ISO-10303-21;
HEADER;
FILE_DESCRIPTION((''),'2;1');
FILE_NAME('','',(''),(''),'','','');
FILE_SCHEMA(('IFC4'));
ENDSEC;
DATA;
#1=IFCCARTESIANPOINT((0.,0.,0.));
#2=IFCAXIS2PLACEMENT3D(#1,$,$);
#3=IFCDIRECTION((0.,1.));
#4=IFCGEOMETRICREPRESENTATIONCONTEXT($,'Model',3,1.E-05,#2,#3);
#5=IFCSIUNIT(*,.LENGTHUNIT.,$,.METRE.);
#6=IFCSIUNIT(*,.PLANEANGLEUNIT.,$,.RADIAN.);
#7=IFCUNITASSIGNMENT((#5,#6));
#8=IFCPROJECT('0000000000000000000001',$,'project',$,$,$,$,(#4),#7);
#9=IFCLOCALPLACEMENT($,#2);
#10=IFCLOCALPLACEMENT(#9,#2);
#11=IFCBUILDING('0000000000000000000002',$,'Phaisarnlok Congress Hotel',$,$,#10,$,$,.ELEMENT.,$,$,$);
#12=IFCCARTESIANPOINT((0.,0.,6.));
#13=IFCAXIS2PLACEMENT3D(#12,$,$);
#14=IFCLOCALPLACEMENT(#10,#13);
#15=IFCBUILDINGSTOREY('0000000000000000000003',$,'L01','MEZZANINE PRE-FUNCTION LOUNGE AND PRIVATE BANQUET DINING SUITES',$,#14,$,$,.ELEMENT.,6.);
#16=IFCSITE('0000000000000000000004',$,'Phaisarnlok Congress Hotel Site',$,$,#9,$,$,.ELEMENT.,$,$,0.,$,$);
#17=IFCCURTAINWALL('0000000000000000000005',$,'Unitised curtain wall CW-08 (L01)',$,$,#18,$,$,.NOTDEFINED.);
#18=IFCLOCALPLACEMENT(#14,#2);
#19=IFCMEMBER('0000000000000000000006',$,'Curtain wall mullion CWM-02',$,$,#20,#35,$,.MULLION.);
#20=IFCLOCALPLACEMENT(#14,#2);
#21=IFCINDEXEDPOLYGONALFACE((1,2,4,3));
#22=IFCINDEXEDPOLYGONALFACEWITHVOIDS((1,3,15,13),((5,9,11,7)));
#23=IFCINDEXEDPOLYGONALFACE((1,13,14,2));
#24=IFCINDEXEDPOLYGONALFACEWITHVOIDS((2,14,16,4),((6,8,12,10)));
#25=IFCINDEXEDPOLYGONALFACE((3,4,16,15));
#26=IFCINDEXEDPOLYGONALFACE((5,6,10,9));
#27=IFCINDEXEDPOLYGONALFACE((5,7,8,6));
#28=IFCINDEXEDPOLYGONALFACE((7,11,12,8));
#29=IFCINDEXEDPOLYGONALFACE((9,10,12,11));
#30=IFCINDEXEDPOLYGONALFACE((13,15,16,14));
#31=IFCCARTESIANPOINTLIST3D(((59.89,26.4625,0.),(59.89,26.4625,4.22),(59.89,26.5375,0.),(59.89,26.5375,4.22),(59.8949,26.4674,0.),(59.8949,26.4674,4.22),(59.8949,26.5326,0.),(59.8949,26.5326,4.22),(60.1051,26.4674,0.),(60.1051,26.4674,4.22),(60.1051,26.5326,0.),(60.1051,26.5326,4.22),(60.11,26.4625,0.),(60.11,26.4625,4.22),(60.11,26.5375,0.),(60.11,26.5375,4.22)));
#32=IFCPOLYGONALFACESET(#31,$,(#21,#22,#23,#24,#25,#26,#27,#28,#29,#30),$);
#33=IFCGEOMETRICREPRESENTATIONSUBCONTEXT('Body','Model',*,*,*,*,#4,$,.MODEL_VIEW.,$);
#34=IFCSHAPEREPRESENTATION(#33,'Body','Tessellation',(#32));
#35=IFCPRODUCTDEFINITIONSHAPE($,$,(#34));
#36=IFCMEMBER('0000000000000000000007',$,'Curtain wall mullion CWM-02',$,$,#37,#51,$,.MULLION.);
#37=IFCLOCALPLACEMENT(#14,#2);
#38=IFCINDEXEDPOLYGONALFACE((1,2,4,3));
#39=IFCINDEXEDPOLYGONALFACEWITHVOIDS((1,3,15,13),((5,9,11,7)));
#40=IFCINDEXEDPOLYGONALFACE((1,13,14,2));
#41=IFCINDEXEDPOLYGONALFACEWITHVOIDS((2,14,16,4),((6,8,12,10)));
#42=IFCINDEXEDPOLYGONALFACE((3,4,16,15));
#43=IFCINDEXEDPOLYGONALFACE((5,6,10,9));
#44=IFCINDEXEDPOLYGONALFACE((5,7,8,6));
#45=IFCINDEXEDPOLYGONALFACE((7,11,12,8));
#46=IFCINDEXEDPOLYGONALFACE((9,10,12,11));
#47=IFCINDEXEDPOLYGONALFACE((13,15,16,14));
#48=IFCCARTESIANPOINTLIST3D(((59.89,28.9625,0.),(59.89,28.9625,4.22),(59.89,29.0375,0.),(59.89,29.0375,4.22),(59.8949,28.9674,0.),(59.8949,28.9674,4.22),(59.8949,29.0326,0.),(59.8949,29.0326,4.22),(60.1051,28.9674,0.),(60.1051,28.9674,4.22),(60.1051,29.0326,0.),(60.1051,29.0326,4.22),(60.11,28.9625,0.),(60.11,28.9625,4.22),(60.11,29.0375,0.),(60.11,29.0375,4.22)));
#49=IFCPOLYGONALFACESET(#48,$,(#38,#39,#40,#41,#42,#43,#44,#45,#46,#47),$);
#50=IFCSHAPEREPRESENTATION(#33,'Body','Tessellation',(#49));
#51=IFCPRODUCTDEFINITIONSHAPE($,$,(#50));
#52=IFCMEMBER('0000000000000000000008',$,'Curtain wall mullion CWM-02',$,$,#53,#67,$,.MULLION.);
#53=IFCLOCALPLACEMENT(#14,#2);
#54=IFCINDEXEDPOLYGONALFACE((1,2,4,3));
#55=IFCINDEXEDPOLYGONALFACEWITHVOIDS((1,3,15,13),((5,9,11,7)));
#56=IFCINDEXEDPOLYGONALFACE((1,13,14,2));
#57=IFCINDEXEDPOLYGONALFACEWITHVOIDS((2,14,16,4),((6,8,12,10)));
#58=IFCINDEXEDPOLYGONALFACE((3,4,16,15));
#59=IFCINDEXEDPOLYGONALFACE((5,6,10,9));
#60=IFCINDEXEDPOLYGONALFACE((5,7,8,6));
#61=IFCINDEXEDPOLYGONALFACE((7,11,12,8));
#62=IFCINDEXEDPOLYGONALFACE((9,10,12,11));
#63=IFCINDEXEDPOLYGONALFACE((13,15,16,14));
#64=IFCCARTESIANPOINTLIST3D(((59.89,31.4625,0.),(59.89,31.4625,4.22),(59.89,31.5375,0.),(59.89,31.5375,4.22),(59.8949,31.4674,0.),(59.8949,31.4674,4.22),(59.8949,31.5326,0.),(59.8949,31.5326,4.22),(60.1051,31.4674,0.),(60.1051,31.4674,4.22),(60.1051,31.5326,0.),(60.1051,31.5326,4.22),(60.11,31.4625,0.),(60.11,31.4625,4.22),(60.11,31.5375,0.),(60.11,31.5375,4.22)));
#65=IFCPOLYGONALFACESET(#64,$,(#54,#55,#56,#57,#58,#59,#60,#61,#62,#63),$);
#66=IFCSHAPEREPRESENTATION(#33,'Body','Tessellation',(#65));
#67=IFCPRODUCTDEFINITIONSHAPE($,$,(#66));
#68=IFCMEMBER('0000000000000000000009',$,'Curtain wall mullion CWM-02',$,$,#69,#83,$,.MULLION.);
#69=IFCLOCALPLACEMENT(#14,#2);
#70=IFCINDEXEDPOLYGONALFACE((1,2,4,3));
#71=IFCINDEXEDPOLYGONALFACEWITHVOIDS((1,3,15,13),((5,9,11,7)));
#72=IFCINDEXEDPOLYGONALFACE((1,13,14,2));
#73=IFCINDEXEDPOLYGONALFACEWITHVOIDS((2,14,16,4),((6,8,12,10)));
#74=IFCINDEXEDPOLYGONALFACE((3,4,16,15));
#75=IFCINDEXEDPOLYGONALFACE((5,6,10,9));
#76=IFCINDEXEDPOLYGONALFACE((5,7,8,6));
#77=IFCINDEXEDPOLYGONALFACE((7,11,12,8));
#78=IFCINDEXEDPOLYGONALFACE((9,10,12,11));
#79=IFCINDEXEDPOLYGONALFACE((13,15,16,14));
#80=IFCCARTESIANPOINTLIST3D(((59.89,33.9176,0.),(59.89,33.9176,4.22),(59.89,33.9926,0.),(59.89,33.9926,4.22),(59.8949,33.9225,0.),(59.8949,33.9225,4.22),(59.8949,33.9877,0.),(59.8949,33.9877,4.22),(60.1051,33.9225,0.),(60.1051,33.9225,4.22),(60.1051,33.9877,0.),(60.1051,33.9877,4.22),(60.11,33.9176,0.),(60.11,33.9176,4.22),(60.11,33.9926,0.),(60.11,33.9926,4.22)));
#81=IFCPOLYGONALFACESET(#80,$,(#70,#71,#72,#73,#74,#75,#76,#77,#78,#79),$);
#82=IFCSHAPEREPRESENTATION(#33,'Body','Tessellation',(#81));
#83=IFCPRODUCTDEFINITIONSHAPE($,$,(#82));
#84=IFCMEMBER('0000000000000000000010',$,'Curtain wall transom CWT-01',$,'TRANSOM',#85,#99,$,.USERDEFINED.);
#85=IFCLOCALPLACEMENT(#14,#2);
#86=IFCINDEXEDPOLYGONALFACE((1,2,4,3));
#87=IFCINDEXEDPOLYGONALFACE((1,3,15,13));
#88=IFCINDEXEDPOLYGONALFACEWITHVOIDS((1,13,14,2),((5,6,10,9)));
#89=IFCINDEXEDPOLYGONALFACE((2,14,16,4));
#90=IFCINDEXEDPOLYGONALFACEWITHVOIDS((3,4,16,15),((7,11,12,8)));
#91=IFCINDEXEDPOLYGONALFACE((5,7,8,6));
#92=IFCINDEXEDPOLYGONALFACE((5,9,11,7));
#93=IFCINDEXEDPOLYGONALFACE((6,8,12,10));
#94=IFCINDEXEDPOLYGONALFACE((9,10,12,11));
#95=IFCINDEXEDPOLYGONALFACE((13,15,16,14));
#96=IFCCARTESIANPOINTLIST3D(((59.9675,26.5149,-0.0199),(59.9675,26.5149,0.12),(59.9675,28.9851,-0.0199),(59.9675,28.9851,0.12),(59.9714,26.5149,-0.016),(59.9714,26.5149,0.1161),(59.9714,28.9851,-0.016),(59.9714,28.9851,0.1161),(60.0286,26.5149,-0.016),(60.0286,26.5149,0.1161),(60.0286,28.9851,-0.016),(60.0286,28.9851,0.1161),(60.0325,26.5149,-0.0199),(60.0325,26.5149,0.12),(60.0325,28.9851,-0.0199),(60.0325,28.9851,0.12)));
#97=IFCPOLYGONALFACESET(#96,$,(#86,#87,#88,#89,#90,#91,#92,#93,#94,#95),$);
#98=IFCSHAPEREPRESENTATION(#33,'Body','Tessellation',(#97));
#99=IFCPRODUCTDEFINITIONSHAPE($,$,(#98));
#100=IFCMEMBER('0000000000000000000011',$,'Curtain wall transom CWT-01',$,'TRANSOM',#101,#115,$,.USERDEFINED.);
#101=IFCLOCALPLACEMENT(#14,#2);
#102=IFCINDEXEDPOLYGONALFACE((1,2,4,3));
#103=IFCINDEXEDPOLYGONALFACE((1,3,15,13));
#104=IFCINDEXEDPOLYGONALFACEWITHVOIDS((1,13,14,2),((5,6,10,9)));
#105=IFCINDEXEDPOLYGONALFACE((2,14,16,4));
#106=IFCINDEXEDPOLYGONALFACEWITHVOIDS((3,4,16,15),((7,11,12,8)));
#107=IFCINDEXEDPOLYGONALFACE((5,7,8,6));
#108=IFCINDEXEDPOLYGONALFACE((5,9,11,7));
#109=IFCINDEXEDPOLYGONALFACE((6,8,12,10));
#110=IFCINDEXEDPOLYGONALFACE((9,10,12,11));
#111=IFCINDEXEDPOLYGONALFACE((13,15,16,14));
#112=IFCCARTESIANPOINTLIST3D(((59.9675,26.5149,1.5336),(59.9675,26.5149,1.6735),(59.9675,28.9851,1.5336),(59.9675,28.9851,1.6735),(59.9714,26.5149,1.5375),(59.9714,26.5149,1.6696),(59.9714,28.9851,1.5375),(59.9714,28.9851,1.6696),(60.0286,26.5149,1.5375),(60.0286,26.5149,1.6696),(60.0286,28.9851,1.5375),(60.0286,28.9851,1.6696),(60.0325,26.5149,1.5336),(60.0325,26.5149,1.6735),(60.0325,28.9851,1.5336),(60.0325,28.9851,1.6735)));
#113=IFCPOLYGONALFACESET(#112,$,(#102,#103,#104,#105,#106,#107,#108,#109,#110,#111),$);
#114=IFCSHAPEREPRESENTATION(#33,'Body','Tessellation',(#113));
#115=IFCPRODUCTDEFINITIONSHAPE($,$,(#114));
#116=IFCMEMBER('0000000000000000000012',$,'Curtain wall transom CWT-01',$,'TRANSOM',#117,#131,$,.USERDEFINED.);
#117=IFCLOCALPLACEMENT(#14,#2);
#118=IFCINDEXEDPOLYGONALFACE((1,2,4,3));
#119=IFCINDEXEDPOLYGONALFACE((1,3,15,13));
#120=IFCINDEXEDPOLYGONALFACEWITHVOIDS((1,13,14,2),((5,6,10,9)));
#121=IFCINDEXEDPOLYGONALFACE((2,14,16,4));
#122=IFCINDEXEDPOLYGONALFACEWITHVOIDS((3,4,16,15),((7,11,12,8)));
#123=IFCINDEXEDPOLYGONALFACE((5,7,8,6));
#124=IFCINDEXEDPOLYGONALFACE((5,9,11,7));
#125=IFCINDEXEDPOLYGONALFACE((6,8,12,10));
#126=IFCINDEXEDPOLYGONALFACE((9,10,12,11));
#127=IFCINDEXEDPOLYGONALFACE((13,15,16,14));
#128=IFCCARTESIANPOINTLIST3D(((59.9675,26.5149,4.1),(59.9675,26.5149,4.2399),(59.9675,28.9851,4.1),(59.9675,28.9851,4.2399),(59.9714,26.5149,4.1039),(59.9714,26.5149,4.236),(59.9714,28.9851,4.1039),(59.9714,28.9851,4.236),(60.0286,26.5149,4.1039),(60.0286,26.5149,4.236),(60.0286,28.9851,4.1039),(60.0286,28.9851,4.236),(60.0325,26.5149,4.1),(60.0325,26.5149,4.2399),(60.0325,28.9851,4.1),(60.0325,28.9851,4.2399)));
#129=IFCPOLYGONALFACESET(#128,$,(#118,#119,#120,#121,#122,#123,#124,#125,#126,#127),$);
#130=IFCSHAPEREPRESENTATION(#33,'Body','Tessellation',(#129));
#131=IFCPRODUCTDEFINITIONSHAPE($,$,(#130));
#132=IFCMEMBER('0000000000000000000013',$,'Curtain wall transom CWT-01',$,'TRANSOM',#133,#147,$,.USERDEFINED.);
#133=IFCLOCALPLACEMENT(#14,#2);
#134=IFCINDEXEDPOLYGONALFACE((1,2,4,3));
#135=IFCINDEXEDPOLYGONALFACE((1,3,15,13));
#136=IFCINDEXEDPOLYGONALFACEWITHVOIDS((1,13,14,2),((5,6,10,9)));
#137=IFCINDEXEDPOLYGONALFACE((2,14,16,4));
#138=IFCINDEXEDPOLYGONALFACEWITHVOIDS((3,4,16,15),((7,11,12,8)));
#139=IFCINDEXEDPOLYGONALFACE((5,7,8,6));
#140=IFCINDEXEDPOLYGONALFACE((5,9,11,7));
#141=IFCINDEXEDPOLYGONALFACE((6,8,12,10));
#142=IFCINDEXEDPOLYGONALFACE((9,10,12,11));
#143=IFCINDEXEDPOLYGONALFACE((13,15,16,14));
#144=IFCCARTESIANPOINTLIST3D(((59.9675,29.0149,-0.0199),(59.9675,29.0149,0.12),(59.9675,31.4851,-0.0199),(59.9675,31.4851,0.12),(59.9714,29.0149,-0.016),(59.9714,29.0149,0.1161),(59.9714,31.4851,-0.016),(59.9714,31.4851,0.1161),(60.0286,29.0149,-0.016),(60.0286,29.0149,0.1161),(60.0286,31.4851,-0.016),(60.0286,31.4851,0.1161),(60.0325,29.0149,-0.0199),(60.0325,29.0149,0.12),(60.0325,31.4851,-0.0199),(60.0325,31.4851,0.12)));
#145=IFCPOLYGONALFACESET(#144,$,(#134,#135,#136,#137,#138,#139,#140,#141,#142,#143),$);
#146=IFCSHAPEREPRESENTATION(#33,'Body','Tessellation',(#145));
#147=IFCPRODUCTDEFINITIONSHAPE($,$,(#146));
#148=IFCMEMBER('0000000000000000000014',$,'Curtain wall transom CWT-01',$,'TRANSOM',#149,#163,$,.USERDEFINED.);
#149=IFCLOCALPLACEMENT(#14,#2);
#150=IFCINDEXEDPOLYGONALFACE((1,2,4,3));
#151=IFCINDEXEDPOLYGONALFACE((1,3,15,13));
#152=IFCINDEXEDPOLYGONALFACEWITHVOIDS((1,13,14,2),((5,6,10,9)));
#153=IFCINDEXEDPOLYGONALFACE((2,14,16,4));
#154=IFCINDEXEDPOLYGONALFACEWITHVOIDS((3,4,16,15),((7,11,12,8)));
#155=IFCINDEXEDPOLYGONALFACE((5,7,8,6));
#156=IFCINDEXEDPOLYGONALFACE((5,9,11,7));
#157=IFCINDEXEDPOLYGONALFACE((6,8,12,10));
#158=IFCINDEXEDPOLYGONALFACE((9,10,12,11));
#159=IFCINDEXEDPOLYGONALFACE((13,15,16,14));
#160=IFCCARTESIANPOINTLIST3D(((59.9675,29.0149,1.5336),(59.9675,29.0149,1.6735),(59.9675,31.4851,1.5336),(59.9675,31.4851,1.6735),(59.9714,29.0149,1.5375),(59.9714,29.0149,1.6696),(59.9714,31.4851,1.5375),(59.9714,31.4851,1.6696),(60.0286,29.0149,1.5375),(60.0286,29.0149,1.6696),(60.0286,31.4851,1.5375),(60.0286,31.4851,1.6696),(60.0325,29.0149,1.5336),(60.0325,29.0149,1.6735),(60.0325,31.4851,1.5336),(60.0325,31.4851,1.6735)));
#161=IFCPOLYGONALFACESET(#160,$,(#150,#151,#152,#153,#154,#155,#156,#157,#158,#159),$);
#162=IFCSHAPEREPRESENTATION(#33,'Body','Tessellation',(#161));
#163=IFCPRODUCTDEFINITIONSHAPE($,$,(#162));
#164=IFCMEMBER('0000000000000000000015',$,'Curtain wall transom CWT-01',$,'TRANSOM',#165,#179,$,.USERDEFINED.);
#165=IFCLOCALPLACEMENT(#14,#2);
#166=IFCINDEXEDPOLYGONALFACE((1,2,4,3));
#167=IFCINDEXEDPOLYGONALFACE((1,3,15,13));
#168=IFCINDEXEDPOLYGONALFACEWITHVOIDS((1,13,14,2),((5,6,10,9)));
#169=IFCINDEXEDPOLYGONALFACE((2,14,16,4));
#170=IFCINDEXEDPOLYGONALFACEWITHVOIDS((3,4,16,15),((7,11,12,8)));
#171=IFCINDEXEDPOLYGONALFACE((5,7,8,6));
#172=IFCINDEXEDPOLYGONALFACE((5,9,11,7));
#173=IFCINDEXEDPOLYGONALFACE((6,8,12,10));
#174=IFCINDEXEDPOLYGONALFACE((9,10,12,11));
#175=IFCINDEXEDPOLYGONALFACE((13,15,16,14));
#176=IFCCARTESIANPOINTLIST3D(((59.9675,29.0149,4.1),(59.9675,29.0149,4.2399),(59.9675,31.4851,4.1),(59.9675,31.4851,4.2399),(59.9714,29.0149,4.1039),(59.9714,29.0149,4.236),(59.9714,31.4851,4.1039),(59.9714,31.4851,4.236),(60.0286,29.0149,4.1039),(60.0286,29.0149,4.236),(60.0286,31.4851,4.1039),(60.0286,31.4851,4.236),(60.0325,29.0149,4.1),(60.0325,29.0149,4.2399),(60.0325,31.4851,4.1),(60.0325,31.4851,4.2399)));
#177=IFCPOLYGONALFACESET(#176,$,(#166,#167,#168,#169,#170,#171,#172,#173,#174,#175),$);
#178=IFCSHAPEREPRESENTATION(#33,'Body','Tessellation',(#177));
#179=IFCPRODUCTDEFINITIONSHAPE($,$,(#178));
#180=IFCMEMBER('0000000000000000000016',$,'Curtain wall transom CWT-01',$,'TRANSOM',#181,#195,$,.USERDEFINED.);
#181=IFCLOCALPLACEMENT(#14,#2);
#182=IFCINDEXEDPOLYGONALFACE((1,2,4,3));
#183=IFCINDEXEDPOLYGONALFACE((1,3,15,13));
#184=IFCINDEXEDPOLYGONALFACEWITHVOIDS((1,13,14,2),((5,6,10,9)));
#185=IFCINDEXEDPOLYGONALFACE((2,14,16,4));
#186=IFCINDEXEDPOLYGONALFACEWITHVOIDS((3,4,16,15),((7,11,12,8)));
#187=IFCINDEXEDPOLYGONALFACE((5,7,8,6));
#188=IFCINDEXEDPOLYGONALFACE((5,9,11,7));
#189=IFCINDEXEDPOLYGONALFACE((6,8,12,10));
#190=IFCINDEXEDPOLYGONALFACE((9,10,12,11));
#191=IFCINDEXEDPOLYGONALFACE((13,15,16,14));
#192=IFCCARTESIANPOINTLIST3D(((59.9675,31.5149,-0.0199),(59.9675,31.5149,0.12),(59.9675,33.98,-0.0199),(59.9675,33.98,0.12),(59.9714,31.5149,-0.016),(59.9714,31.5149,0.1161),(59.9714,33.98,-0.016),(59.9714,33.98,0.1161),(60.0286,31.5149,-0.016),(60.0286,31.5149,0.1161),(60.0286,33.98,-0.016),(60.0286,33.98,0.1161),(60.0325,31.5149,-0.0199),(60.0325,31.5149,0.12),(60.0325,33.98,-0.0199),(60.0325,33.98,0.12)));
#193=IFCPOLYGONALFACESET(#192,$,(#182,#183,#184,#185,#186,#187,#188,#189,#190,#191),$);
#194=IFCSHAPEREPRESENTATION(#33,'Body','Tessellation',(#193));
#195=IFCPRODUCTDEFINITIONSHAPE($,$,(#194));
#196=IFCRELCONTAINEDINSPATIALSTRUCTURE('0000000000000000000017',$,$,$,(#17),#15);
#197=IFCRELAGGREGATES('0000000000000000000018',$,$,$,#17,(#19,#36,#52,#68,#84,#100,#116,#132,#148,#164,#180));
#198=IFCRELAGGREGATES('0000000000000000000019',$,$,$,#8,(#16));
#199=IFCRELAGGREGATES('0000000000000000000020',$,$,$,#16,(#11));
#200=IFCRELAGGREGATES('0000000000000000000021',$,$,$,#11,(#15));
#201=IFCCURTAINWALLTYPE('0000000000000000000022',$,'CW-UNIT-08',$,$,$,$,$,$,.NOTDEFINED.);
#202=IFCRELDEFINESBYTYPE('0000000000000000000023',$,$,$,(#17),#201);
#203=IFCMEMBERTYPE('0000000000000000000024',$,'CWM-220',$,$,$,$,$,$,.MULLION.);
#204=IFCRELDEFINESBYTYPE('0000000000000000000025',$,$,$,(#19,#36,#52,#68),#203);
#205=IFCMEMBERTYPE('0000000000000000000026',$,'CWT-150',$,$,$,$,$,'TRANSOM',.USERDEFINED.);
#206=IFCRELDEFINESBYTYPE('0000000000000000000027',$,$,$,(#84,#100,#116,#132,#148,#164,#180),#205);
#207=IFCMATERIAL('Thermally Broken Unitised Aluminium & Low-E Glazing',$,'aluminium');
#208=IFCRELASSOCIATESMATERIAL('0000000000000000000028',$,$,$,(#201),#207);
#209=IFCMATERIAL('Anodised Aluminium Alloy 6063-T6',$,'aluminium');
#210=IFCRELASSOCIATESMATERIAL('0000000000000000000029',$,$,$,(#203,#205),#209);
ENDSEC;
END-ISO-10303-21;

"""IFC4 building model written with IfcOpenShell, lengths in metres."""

from ifc_helpers import new_model, si_unit, direction, frame, origin, origin_2d, place, context, subcontext, project, spatial, hollow_rectangle, extrude, material, material_profile, profile_set, type_object, element, aggregate, save


model = new_model("IFC4")

# Units and contexts
model_context = context("Model", 3, precision=1e-05, world=origin(), true_north=direction((0.0, 1.0)))
body_context = subcontext(model_context, "Body", "Model", "MODEL_VIEW")
ifc_project = project(units=[si_unit("LENGTHUNIT", "METRE"), si_unit("PLANEANGLEUNIT", "RADIAN")], contexts=[model_context])

# Site, building, storey
site_placement = place(None, origin())
site = spatial("IfcSite", under=ifc_project, at=site_placement, Name="Phaisarnlok Congress Hotel Site", CompositionType="ELEMENT", RefElevation=0.0)
building_placement = place(site_placement, origin())
building = spatial("IfcBuilding", under=site, at=building_placement, Name="Phaisarnlok Congress Hotel", CompositionType="ELEMENT")
storey_placement = place(building_placement, frame((0.0, 0.0, 6.0)))
storey = spatial("IfcBuildingStorey", under=building, at=storey_placement, Name="L01", Description="MEZZANINE PRE-FUNCTION LOUNGE AND PRIVATE BANQUET DINING SUITES", CompositionType="ELEMENT", Elevation=6.0)

# Curtain wall, members
ifc_material_1 = material(Name="Thermally Broken Unitised Aluminium & Low-E Glazing", Category="aluminium")
curtain_wall_type_1 = type_object("IfcCurtainWallType", Name="CW-UNIT-08", PredefinedType="NOTDEFINED", material=ifc_material_1)
curtain_wall_1_placement = place(storey_placement, origin())
curtain_wall_1 = element("IfcCurtainWall", 1, at=curtain_wall_1_placement, inside=storey, type_object=curtain_wall_type_1, Name="Unitised curtain wall CW-08 (L01)", PredefinedType="NOTDEFINED")
ifc_material_2 = material(Name="Anodised Aluminium Alloy 6063-T6", Category="aluminium")
ifc_material_profile_1 = material_profile(ifc_material_2, hollow_rectangle(XDim=0.075, YDim=0.22, WallThickness=0.0049, at=origin_2d()), Name="ALU-M 75x220x5")
ifc_profile_set_1 = profile_set([ifc_material_profile_1], Name="Anodised Aluminium Alloy 6063-T6")
member_type_1 = type_object("IfcMemberType", Name="CWM-220", PredefinedType="MULLION", material=ifc_profile_set_1)
member_1_placement = place(storey_placement, frame((60.0, 26.5, 0.0), z_axis=(0.0, 0.0, 1.0), x_axis=(0.0, 1.0, 0.0)))
member_1 = element("IfcMember", 2, at=member_1_placement, type_object=member_type_1, Name="Curtain wall mullion CWM-02", PredefinedType="MULLION", context=body_context, shape_type="SweptSolid", body=[
    extrude(hollow_rectangle(XDim=0.075, YDim=0.22, WallThickness=0.0049, at=origin_2d()), origin(), (0.0, 0.0, 1.0), 4.22),
])
member_2_placement = place(storey_placement, frame((60.0, 29.0, 0.0), z_axis=(0.0, 0.0, 1.0), x_axis=(0.0, 1.0, 0.0)))
member_2 = element("IfcMember", 3, at=member_2_placement, type_object=member_type_1, Name="Curtain wall mullion CWM-02", PredefinedType="MULLION", context=body_context, shape_type="SweptSolid", body=[
    extrude(hollow_rectangle(XDim=0.075, YDim=0.22, WallThickness=0.0049, at=origin_2d()), origin(), (0.0, 0.0, 1.0), 4.22),
])
member_3_placement = place(storey_placement, frame((60.0, 31.5, 0.0), z_axis=(0.0, 0.0, 1.0), x_axis=(0.0, 1.0, 0.0)))
member_3 = element("IfcMember", 4, at=member_3_placement, type_object=member_type_1, Name="Curtain wall mullion CWM-02", PredefinedType="MULLION", context=body_context, shape_type="SweptSolid", body=[
    extrude(hollow_rectangle(XDim=0.075, YDim=0.22, WallThickness=0.0049, at=origin_2d()), origin(), (0.0, 0.0, 1.0), 4.22),
])
member_4_placement = place(storey_placement, frame((60.0, 33.9551, 0.0), z_axis=(0.0, 0.0, 1.0), x_axis=(0.0, 1.0, 0.0)))
member_4 = element("IfcMember", 5, at=member_4_placement, type_object=member_type_1, Name="Curtain wall mullion CWM-02", PredefinedType="MULLION", context=body_context, shape_type="SweptSolid", body=[
    extrude(hollow_rectangle(XDim=0.075, YDim=0.22, WallThickness=0.0049, at=origin_2d()), origin(), (0.0, 0.0, 1.0), 4.22),
])
ifc_material_profile_2 = material_profile(ifc_material_2, hollow_rectangle(XDim=0.0649, YDim=0.1399, WallThickness=0.0039, at=origin_2d()), Name="ALU-T 65x140x4")
ifc_profile_set_2 = profile_set([ifc_material_profile_2], Name="Anodised Aluminium Alloy 6063-T6")
member_type_2 = type_object("IfcMemberType", Name="CWT-150", ElementType="TRANSOM", PredefinedType="USERDEFINED", material=ifc_profile_set_2)
member_5_placement = place(storey_placement, frame((60.0, 26.5149, 0.05), z_axis=(0.0, 1.0, 0.0), x_axis=(-1.0, 0.0, 0.0)))
member_5 = element("IfcMember", 6, at=member_5_placement, type_object=member_type_2, Name="Curtain wall transom CWT-01", ObjectType="TRANSOM", PredefinedType="USERDEFINED", context=body_context, shape_type="SweptSolid", body=[
    extrude(hollow_rectangle(XDim=0.0649, YDim=0.1399, WallThickness=0.0039, at=origin_2d()), origin(), (0.0, 0.0, 1.0), 2.4702),
])
member_6_placement = place(storey_placement, frame((60.0, 26.5149, 1.6035), z_axis=(0.0, 1.0, 0.0), x_axis=(-1.0, 0.0, 0.0)))
member_6 = element("IfcMember", 7, at=member_6_placement, type_object=member_type_2, Name="Curtain wall transom CWT-01", ObjectType="TRANSOM", PredefinedType="USERDEFINED", context=body_context, shape_type="SweptSolid", body=[
    extrude(hollow_rectangle(XDim=0.0649, YDim=0.1399, WallThickness=0.0039, at=origin_2d()), origin(), (0.0, 0.0, 1.0), 2.4702),
])
member_7_placement = place(storey_placement, frame((60.0, 26.5149, 4.1699), z_axis=(0.0, 1.0, 0.0), x_axis=(-1.0, 0.0, 0.0)))
member_7 = element("IfcMember", 8, at=member_7_placement, type_object=member_type_2, Name="Curtain wall transom CWT-01", ObjectType="TRANSOM", PredefinedType="USERDEFINED", context=body_context, shape_type="SweptSolid", body=[
    extrude(hollow_rectangle(XDim=0.0649, YDim=0.1399, WallThickness=0.0039, at=origin_2d()), origin(), (0.0, 0.0, 1.0), 2.4702),
])
member_8_placement = place(storey_placement, frame((60.0, 29.0149, 0.05), z_axis=(0.0, 1.0, 0.0), x_axis=(-1.0, 0.0, 0.0)))
member_8 = element("IfcMember", 9, at=member_8_placement, type_object=member_type_2, Name="Curtain wall transom CWT-01", ObjectType="TRANSOM", PredefinedType="USERDEFINED", context=body_context, shape_type="SweptSolid", body=[
    extrude(hollow_rectangle(XDim=0.0649, YDim=0.1399, WallThickness=0.0039, at=origin_2d()), origin(), (0.0, 0.0, 1.0), 2.4702),
])
member_9_placement = place(storey_placement, frame((60.0, 29.0149, 1.6035), z_axis=(0.0, 1.0, 0.0), x_axis=(-1.0, 0.0, 0.0)))
member_9 = element("IfcMember", 10, at=member_9_placement, type_object=member_type_2, Name="Curtain wall transom CWT-01", ObjectType="TRANSOM", PredefinedType="USERDEFINED", context=body_context, shape_type="SweptSolid", body=[
    extrude(hollow_rectangle(XDim=0.0649, YDim=0.1399, WallThickness=0.0039, at=origin_2d()), origin(), (0.0, 0.0, 1.0), 2.4702),
])
member_10_placement = place(storey_placement, frame((60.0, 29.0149, 4.1699), z_axis=(0.0, 1.0, 0.0), x_axis=(-1.0, 0.0, 0.0)))
member_10 = element("IfcMember", 11, at=member_10_placement, type_object=member_type_2, Name="Curtain wall transom CWT-01", ObjectType="TRANSOM", PredefinedType="USERDEFINED", context=body_context, shape_type="SweptSolid", body=[
    extrude(hollow_rectangle(XDim=0.0649, YDim=0.1399, WallThickness=0.0039, at=origin_2d()), origin(), (0.0, 0.0, 1.0), 2.4702),
])
member_11_placement = place(storey_placement, frame((60.0, 31.5149, 0.05), z_axis=(0.0, 1.0, 0.0), x_axis=(-1.0, 0.0, 0.0)))
member_11 = element("IfcMember", 12, at=member_11_placement, type_object=member_type_2, Name="Curtain wall transom CWT-01", ObjectType="TRANSOM", PredefinedType="USERDEFINED", context=body_context, shape_type="SweptSolid", body=[
    extrude(hollow_rectangle(XDim=0.0649, YDim=0.1399, WallThickness=0.0039, at=origin_2d()), origin(), (0.0, 0.0, 1.0), 2.4651),
])

aggregate(curtain_wall_1, [member_1, member_2, member_3, member_4, member_5, member_6, member_7, member_8, member_9, member_10, member_11])

save(model, "model.ifc")
